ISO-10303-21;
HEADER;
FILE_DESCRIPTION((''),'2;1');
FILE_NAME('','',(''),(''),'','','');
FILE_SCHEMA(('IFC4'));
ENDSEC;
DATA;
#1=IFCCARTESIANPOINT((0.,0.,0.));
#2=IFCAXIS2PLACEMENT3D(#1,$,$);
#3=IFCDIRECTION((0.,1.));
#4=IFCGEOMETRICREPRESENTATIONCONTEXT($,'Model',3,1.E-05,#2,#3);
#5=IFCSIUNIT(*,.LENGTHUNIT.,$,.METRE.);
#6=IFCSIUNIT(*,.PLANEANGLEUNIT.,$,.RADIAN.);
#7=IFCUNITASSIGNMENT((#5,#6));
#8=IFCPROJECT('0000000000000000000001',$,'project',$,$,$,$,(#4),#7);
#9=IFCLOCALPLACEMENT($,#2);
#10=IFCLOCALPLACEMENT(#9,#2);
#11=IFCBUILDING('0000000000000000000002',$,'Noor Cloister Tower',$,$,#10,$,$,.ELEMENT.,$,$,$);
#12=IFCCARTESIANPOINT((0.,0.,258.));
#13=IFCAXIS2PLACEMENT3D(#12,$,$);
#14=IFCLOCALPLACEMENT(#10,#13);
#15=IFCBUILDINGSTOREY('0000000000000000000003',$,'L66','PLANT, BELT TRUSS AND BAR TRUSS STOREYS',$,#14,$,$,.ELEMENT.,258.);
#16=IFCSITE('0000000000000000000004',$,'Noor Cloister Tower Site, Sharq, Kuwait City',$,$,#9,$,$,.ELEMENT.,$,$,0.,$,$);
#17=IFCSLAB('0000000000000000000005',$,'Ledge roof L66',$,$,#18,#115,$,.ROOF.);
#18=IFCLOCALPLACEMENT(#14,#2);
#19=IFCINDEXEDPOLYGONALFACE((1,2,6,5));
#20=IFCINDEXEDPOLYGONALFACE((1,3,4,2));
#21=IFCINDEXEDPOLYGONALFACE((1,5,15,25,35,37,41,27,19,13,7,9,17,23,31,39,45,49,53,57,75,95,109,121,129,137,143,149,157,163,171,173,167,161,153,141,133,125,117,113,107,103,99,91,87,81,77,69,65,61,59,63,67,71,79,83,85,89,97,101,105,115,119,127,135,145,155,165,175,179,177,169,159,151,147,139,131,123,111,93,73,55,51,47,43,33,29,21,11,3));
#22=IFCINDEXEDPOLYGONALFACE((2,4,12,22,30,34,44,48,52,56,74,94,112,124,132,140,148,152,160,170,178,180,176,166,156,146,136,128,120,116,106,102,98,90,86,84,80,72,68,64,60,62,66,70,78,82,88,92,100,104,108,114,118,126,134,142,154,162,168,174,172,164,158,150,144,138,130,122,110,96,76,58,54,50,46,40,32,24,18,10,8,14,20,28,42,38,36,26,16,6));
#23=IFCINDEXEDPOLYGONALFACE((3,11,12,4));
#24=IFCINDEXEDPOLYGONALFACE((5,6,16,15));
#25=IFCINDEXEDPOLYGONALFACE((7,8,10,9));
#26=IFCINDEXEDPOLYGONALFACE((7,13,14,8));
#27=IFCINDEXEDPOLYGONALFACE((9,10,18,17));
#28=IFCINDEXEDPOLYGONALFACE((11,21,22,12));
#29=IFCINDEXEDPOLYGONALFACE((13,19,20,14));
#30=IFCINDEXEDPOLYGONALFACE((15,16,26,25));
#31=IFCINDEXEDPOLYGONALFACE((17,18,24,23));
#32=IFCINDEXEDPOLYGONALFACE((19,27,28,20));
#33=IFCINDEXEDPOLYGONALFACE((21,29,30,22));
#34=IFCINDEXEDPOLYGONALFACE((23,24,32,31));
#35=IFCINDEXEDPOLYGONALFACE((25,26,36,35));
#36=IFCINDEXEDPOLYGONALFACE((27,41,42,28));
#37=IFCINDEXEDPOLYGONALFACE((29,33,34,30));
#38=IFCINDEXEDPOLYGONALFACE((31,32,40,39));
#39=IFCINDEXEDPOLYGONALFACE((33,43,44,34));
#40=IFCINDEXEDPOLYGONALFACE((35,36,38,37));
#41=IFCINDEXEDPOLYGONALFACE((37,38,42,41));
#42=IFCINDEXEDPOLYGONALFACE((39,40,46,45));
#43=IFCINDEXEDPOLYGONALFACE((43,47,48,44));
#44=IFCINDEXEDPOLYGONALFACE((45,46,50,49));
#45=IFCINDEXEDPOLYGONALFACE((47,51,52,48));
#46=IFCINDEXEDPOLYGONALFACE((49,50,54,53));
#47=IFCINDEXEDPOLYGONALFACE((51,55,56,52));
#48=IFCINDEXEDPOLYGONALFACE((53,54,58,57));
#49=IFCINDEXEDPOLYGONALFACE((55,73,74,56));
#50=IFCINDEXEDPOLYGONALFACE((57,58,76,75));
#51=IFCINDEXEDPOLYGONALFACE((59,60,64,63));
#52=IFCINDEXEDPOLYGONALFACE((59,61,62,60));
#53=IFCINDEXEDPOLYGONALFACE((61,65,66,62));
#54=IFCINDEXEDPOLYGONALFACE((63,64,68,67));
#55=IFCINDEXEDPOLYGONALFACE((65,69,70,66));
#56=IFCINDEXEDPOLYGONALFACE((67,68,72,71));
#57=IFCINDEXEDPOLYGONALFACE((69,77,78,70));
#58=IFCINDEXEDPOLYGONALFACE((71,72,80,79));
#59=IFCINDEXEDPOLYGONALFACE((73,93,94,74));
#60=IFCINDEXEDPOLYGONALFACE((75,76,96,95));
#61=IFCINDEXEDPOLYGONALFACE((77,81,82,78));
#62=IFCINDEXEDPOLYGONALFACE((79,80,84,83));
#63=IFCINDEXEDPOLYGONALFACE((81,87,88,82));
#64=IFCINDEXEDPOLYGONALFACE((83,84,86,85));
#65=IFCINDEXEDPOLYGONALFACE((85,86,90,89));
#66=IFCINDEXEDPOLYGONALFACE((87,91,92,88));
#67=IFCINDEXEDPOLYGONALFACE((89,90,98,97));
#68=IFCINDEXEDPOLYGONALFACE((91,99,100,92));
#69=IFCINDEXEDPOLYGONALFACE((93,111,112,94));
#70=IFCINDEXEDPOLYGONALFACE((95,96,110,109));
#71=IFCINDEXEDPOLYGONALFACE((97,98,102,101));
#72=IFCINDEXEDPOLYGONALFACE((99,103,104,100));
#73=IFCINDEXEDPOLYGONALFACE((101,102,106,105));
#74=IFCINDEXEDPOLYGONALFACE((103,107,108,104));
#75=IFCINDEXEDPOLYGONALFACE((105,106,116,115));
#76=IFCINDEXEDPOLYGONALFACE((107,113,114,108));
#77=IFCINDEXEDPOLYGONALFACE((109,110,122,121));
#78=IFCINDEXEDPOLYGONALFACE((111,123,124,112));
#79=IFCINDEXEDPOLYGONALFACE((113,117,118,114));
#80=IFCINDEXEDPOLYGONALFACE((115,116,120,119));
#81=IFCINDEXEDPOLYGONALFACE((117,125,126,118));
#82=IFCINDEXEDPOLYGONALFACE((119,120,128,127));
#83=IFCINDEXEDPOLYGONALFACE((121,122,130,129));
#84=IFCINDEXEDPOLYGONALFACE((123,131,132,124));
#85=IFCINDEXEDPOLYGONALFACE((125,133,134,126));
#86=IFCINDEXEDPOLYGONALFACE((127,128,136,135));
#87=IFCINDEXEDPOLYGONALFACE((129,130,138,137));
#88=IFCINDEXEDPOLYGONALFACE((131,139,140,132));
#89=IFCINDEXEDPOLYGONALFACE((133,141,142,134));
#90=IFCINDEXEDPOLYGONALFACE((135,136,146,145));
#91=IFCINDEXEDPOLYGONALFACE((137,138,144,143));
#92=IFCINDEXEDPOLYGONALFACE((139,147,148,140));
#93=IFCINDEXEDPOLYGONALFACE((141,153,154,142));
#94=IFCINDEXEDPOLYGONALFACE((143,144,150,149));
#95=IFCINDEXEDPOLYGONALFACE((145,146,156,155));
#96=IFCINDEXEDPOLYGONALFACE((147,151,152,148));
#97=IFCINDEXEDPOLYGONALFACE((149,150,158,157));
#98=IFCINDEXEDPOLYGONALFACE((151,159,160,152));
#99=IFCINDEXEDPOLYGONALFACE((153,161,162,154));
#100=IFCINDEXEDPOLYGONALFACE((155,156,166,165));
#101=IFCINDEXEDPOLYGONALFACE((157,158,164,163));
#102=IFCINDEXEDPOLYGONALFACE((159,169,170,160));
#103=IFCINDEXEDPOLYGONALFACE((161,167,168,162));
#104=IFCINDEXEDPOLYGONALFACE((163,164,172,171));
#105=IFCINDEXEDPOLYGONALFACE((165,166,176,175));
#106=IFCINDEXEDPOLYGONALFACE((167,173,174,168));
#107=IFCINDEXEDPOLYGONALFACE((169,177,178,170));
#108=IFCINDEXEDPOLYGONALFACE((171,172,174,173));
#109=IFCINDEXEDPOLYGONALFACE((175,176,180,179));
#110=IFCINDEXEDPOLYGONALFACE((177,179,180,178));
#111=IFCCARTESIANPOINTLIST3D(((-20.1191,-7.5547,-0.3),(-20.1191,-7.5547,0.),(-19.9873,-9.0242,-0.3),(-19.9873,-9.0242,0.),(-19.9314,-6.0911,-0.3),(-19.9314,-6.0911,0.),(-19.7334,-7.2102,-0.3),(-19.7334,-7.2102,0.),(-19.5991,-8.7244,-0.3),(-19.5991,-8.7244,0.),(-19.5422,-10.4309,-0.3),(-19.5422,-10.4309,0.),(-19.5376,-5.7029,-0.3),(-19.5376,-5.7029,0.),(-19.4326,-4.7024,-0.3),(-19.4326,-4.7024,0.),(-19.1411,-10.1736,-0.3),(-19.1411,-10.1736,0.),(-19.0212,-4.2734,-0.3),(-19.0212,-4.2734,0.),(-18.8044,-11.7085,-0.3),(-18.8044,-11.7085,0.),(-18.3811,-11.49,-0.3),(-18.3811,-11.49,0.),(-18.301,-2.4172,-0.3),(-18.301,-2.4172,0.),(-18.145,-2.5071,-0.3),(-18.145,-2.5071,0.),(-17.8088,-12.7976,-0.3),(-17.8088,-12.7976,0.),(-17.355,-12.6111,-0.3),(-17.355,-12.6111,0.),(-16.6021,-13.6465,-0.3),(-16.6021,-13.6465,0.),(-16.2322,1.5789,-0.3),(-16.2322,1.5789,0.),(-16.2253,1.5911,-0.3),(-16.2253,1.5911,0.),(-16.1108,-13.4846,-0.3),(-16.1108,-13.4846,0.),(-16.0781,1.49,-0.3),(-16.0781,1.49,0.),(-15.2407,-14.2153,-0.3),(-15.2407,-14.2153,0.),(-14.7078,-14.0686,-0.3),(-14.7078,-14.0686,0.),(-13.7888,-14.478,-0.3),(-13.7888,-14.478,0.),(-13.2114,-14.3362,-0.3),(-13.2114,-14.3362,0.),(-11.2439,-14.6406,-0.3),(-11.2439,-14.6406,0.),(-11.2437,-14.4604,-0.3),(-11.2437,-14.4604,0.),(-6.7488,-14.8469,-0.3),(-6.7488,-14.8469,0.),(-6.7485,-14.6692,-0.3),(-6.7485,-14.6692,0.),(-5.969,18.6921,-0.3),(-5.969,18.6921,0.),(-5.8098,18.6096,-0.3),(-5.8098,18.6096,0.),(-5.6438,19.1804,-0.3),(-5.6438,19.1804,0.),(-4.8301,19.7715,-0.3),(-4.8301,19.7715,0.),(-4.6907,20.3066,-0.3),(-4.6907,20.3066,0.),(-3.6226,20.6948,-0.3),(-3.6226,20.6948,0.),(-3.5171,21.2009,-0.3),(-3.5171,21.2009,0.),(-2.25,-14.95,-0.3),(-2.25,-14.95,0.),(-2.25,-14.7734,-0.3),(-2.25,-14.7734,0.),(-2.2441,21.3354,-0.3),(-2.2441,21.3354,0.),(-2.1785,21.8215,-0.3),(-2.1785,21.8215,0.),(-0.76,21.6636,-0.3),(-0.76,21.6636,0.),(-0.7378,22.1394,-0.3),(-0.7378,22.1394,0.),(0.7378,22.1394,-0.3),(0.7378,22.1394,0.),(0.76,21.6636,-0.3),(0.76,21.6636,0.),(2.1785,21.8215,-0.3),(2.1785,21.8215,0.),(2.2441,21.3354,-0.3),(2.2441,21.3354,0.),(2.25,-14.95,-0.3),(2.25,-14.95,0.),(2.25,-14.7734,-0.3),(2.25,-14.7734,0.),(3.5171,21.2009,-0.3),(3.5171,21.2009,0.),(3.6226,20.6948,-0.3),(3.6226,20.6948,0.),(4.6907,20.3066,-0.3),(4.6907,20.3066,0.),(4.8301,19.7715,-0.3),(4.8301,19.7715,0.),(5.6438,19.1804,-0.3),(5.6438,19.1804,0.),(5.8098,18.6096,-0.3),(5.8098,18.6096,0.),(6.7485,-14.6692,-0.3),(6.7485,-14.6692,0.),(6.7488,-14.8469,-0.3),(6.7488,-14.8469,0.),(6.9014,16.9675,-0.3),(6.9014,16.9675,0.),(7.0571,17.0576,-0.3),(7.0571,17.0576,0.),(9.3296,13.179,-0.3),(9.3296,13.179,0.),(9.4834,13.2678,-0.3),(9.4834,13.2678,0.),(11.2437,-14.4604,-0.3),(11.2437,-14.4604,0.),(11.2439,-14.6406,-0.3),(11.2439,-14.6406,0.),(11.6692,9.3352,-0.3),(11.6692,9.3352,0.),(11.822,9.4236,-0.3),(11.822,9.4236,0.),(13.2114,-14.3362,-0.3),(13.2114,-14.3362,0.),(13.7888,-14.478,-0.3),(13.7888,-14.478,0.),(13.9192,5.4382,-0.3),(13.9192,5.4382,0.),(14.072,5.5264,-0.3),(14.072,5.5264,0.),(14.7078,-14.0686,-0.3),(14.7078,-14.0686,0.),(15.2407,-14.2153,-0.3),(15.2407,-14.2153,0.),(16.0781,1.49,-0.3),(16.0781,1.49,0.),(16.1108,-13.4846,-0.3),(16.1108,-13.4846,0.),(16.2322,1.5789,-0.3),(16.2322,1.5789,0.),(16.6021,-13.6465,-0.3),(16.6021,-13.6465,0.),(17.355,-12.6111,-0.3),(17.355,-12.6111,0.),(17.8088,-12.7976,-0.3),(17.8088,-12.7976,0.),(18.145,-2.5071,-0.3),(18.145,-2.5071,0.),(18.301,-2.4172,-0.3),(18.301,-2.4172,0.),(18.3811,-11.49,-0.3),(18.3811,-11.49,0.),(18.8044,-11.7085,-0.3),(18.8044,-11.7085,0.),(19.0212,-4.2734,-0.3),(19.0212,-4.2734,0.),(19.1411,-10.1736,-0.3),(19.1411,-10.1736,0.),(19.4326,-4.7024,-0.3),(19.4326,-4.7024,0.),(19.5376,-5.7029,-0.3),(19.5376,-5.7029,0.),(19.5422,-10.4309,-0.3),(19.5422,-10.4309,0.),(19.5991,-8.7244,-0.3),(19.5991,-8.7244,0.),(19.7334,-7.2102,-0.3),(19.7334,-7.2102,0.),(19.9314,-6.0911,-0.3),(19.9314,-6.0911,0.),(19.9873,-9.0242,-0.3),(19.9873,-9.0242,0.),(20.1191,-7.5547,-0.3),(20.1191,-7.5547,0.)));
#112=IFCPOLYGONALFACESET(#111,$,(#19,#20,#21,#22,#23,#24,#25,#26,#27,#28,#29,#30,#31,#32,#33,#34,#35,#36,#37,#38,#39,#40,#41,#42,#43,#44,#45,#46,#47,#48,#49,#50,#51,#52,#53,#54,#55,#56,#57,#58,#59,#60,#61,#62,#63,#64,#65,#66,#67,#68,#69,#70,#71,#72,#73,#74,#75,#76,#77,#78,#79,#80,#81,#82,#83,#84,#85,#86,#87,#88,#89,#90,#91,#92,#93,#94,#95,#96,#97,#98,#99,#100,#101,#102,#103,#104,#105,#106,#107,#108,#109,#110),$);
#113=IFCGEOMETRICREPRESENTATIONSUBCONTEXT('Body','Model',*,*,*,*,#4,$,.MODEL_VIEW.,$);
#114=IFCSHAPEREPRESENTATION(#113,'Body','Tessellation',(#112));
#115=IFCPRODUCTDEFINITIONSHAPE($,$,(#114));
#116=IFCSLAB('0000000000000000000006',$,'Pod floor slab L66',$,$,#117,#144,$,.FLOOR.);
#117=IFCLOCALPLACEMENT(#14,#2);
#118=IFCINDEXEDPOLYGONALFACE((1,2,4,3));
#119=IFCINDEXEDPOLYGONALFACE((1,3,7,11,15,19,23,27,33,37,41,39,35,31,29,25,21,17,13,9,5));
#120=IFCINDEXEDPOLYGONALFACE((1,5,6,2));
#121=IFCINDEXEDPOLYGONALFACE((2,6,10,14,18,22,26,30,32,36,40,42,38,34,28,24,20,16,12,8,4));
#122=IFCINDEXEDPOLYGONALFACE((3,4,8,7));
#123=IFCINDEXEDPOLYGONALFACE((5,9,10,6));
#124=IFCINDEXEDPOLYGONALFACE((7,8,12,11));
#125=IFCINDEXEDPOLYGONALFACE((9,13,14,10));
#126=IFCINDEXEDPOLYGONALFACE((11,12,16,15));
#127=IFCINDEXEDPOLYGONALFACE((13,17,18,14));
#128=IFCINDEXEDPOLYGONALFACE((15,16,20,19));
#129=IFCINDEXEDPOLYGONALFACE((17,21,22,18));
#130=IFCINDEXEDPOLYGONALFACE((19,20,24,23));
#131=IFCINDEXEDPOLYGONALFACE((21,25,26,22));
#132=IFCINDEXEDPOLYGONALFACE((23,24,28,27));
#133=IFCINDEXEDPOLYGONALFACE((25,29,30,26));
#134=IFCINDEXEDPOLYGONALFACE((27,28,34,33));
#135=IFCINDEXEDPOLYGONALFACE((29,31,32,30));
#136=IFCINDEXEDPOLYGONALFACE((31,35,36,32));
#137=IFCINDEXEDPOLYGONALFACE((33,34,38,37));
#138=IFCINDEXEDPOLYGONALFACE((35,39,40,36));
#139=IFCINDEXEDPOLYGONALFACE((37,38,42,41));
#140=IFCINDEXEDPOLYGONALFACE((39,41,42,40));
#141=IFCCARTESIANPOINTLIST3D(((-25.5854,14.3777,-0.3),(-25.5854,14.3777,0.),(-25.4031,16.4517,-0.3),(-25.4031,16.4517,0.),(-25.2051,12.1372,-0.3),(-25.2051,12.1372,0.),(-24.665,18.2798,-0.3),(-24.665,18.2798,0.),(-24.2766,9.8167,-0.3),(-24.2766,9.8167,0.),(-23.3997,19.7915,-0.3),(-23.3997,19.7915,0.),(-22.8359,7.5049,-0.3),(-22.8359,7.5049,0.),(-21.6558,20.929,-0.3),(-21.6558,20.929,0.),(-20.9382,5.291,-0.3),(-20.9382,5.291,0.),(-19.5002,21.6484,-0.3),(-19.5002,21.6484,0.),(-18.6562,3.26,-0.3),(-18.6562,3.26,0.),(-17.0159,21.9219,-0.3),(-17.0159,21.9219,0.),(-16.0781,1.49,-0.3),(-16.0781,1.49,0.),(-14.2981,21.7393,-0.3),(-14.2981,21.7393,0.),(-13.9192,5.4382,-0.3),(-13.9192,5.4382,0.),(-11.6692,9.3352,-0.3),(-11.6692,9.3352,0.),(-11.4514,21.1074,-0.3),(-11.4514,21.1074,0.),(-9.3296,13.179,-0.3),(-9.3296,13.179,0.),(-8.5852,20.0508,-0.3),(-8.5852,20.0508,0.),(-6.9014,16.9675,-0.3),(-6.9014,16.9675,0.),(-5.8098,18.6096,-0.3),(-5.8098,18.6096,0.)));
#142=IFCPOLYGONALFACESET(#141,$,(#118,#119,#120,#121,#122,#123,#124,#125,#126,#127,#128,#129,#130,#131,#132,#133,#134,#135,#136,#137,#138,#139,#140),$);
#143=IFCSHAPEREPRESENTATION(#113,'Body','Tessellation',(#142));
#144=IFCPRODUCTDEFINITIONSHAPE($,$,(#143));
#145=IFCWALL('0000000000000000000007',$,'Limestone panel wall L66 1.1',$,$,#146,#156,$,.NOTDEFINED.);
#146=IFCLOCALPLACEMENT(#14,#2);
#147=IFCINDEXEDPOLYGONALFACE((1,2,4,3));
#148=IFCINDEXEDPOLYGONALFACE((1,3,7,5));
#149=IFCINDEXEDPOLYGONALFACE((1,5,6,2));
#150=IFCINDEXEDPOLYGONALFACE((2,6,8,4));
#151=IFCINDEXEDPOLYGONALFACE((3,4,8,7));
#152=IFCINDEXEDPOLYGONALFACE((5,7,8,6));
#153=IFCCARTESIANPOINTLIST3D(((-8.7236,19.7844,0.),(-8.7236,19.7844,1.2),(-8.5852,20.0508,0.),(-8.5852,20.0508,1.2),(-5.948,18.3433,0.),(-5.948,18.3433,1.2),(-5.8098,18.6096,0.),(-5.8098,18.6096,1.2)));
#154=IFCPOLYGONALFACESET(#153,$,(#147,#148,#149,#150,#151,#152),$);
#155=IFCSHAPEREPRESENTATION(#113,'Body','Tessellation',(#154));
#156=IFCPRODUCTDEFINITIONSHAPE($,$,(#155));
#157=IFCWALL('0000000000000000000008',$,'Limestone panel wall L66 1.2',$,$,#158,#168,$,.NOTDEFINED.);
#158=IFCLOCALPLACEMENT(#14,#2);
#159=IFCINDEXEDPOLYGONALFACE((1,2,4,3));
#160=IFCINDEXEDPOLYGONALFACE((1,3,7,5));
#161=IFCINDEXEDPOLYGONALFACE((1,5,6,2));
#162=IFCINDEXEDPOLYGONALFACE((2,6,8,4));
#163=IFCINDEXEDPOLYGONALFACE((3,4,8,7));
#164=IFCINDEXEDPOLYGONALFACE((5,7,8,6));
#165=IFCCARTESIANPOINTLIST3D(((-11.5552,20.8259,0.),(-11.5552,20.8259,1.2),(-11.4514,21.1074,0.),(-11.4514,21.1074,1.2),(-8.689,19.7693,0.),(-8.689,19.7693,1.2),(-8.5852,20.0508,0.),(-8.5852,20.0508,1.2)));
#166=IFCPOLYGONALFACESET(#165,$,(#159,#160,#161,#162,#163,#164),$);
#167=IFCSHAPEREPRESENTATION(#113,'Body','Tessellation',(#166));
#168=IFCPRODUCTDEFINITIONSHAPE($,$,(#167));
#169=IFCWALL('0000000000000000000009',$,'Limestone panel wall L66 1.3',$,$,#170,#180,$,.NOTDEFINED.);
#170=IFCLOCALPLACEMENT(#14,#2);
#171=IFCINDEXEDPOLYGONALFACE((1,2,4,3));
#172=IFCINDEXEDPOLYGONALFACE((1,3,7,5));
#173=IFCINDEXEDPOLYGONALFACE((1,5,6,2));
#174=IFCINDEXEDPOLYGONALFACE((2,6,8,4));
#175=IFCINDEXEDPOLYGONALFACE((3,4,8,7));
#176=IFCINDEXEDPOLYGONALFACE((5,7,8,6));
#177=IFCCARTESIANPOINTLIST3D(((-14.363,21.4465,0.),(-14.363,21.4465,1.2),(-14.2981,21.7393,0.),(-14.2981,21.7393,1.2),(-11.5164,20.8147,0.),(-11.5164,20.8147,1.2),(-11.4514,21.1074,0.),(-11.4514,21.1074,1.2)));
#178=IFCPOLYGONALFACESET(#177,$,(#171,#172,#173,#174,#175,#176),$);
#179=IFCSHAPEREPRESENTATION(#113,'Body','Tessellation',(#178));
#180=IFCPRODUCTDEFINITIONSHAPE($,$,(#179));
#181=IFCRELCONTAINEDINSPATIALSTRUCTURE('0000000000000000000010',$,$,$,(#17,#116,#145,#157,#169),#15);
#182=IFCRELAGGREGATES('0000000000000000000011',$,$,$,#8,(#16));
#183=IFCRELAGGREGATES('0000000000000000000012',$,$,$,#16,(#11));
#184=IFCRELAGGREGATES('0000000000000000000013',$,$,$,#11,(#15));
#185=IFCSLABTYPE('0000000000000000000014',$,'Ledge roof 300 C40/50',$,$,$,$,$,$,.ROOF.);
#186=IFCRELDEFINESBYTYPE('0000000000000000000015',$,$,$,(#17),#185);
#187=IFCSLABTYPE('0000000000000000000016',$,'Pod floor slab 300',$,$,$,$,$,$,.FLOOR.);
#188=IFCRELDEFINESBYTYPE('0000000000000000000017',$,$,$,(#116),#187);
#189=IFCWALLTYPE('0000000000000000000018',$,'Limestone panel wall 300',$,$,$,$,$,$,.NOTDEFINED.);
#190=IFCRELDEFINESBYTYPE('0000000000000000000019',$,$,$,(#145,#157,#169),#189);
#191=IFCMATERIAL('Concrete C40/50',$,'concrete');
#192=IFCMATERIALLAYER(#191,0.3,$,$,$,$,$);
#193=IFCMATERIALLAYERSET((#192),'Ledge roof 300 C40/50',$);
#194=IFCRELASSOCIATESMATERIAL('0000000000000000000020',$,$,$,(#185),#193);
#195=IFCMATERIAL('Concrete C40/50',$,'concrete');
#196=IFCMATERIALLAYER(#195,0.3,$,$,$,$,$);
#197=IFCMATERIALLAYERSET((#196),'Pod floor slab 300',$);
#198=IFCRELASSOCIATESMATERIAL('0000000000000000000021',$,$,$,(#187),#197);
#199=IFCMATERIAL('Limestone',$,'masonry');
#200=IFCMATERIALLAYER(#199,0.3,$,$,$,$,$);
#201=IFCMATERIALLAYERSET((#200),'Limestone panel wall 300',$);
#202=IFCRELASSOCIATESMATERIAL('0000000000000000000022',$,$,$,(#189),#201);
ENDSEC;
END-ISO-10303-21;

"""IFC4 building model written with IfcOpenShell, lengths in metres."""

from ifc_helpers import new_model, si_unit, direction, frame, origin, place, context, subcontext, project, spatial, polyline, outline, extrude, material, layer, layer_set, type_object, element, save


model = new_model("IFC4")

# Units and contexts
model_context = context("Model", 3, precision=1e-05, world=origin(), true_north=direction((0.0, 1.0)))
body_context = subcontext(model_context, "Body", "Model", "MODEL_VIEW")
ifc_project = project(units=[si_unit("LENGTHUNIT", "METRE"), si_unit("PLANEANGLEUNIT", "RADIAN")], contexts=[model_context])

# Site, building, storey
site_placement = place(None, origin())
site = spatial("IfcSite", under=ifc_project, at=site_placement, Name="Noor Cloister Tower Site, Sharq, Kuwait City", CompositionType="ELEMENT", RefElevation=0.0)
building_placement = place(site_placement, origin())
building = spatial("IfcBuilding", under=site, at=building_placement, Name="Noor Cloister Tower", CompositionType="ELEMENT")
storey_placement = place(building_placement, frame((0.0, 0.0, 258.0)))
storey = spatial("IfcBuildingStorey", under=building, at=storey_placement, Name="L66", Description="PLANT, BELT TRUSS AND BAR TRUSS STOREYS", CompositionType="ELEMENT", Elevation=258.0)

# Slabs
ifc_material_1 = material(Name="Concrete C40/50", Category="concrete")
ifc_layer_1 = layer(ifc_material_1, 0.3)
ifc_layer_set_1 = layer_set([ifc_layer_1], Name="Ledge roof 300 C40/50")
slab_type_1 = type_object("IfcSlabType", Name="Ledge roof 300 C40/50", PredefinedType="ROOF", material=ifc_layer_set_1)
slab_1_placement = place(storey_placement, frame((0.0, 0.0, -0.3)))
element("IfcSlab", 1, at=slab_1_placement, inside=storey, type_object=slab_type_1, Name="Ledge roof L66", PredefinedType="ROOF", context=body_context, shape_type="SweptSolid", body=[
    extrude(outline(polyline([(9.4834, 13.2678), (7.0571, 17.0576), (5.6438, 19.1804), (4.6907, 20.3066), (3.5171, 21.2009), (2.1785, 21.8215), (0.7378, 22.1394), (-0.7378, 22.1394), (-2.1785, 21.8215), (-3.5171, 21.2009), (-4.6907, 20.3066), (-5.6438, 19.1804), (-5.969, 18.6921), (-5.8098, 18.6096), (-4.8301, 19.7715), (-3.6226, 20.6948), (-2.2441, 21.3354), (-0.76, 21.6636), (0.76, 21.6636), (2.2441, 21.3354), (3.6226, 20.6948), (4.8301, 19.7715), (5.8098, 18.6096), (6.9014, 16.9675), (9.3296, 13.179), (11.6692, 9.3352), (13.9192, 5.4382), (16.0781, 1.49), (18.145, -2.5071), (19.0212, -4.2734), (19.5376, -5.7029), (19.7334, -7.2102), (19.5991, -8.7244), (19.1411, -10.1736), (18.3811, -11.49), (17.355, -12.6111), (16.1108, -13.4846), (14.7078, -14.0686), (13.2114, -14.3362), (11.2437, -14.4604), (6.7485, -14.6692), (2.25, -14.7734), (-2.25, -14.7734), (-6.7485, -14.6692), (-11.2437, -14.4604), (-13.2114, -14.3362), (-14.7078, -14.0686), (-16.1108, -13.4846), (-17.355, -12.6111), (-18.3811, -11.49), (-19.1411, -10.1736), (-19.5991, -8.7244), (-19.7334, -7.2102), (-19.5376, -5.7029), (-19.0212, -4.2734), (-18.145, -2.5071), (-16.0781, 1.49), (-16.2253, 1.5911), (-16.2322, 1.5789), (-18.301, -2.4172), (-19.4326, -4.7024), (-19.9314, -6.0911), (-20.1191, -7.5547), (-19.9873, -9.0242), (-19.5422, -10.4309), (-18.8044, -11.7085), (-17.8088, -12.7976), (-16.6021, -13.6465), (-15.2407, -14.2153), (-13.7888, -14.478), (-11.2439, -14.6406), (-6.7488, -14.8469), (-2.25, -14.95), (2.25, -14.95), (6.7488, -14.8469), (11.2439, -14.6406), (13.7888, -14.478), (15.2407, -14.2153), (16.6021, -13.6465), (17.8088, -12.7976), (18.8044, -11.7085), (19.5422, -10.4309), (19.9873, -9.0242), (20.1191, -7.5547), (19.9314, -6.0911), (19.4326, -4.7024), (18.301, -2.4172), (16.2322, 1.5789), (14.072, 5.5264), (11.822, 9.4236), (9.4834, 13.2678)])), origin(), (0.0, 0.0, 1.0), 0.3),
])
ifc_material_2 = material(Name="Concrete C40/50", Category="concrete")
ifc_layer_2 = layer(ifc_material_2, 0.3)
ifc_layer_set_2 = layer_set([ifc_layer_2], Name="Pod floor slab 300")
slab_type_2 = type_object("IfcSlabType", Name="Pod floor slab 300", PredefinedType="FLOOR", material=ifc_layer_set_2)
slab_2_placement = place(storey_placement, frame((0.0, 0.0, -0.3)))
element("IfcSlab", 2, at=slab_2_placement, inside=storey, type_object=slab_type_2, Name="Pod floor slab L66", PredefinedType="FLOOR", context=body_context, shape_type="SweptSolid", body=[
    extrude(outline(polyline([(-5.8098, 18.6096), (-8.5852, 20.0508), (-11.4514, 21.1074), (-14.2981, 21.7393), (-17.0159, 21.9219), (-19.5002, 21.6484), (-21.6558, 20.929), (-23.3997, 19.7915), (-24.665, 18.2798), (-25.4031, 16.4517), (-25.5854, 14.3777), (-25.2051, 12.1372), (-24.2766, 9.8167), (-22.8359, 7.5049), (-20.9382, 5.291), (-18.6562, 3.26), (-16.0781, 1.49), (-13.9192, 5.4382), (-11.6692, 9.3352), (-9.3296, 13.179), (-6.9014, 16.9675), (-5.8098, 18.6096)])), origin(), (0.0, 0.0, 1.0), 0.3),
])

# Walls
ifc_material_3 = material(Name="Limestone", Category="masonry")
ifc_layer_3 = layer(ifc_material_3, 0.3)
ifc_layer_set_3 = layer_set([ifc_layer_3], Name="Limestone panel wall 300")
wall_type = type_object("IfcWallType", Name="Limestone panel wall 300", PredefinedType="NOTDEFINED", material=ifc_layer_set_3)
wall_1_placement = place(storey_placement, origin())
element("IfcWall", 3, at=wall_1_placement, inside=storey, type_object=wall_type, Name="Limestone panel wall L66 1.1", PredefinedType="NOTDEFINED", context=body_context, shape_type="SweptSolid", body=[
    extrude(outline(polyline([(-5.8098, 18.6096), (-8.5852, 20.0508), (-8.7236, 19.7844), (-5.948, 18.3433), (-5.8098, 18.6096)])), origin(), (0.0, 0.0, 1.0), 1.2),
])
wall_2_placement = place(storey_placement, origin())
element("IfcWall", 4, at=wall_2_placement, inside=storey, type_object=wall_type, Name="Limestone panel wall L66 1.2", PredefinedType="NOTDEFINED", context=body_context, shape_type="SweptSolid", body=[
    extrude(outline(polyline([(-8.5852, 20.0508), (-11.4514, 21.1074), (-11.5552, 20.8259), (-8.689, 19.7693), (-8.5852, 20.0508)])), origin(), (0.0, 0.0, 1.0), 1.2),
])
wall_3_placement = place(storey_placement, origin())
element("IfcWall", 5, at=wall_3_placement, inside=storey, type_object=wall_type, Name="Limestone panel wall L66 1.3", PredefinedType="NOTDEFINED", context=body_context, shape_type="SweptSolid", body=[
    extrude(outline(polyline([(-11.4514, 21.1074), (-14.2981, 21.7393), (-14.363, 21.4465), (-11.5164, 20.8147), (-11.4514, 21.1074)])), origin(), (0.0, 0.0, 1.0), 1.2),
])

save(model, "model.ifc")
